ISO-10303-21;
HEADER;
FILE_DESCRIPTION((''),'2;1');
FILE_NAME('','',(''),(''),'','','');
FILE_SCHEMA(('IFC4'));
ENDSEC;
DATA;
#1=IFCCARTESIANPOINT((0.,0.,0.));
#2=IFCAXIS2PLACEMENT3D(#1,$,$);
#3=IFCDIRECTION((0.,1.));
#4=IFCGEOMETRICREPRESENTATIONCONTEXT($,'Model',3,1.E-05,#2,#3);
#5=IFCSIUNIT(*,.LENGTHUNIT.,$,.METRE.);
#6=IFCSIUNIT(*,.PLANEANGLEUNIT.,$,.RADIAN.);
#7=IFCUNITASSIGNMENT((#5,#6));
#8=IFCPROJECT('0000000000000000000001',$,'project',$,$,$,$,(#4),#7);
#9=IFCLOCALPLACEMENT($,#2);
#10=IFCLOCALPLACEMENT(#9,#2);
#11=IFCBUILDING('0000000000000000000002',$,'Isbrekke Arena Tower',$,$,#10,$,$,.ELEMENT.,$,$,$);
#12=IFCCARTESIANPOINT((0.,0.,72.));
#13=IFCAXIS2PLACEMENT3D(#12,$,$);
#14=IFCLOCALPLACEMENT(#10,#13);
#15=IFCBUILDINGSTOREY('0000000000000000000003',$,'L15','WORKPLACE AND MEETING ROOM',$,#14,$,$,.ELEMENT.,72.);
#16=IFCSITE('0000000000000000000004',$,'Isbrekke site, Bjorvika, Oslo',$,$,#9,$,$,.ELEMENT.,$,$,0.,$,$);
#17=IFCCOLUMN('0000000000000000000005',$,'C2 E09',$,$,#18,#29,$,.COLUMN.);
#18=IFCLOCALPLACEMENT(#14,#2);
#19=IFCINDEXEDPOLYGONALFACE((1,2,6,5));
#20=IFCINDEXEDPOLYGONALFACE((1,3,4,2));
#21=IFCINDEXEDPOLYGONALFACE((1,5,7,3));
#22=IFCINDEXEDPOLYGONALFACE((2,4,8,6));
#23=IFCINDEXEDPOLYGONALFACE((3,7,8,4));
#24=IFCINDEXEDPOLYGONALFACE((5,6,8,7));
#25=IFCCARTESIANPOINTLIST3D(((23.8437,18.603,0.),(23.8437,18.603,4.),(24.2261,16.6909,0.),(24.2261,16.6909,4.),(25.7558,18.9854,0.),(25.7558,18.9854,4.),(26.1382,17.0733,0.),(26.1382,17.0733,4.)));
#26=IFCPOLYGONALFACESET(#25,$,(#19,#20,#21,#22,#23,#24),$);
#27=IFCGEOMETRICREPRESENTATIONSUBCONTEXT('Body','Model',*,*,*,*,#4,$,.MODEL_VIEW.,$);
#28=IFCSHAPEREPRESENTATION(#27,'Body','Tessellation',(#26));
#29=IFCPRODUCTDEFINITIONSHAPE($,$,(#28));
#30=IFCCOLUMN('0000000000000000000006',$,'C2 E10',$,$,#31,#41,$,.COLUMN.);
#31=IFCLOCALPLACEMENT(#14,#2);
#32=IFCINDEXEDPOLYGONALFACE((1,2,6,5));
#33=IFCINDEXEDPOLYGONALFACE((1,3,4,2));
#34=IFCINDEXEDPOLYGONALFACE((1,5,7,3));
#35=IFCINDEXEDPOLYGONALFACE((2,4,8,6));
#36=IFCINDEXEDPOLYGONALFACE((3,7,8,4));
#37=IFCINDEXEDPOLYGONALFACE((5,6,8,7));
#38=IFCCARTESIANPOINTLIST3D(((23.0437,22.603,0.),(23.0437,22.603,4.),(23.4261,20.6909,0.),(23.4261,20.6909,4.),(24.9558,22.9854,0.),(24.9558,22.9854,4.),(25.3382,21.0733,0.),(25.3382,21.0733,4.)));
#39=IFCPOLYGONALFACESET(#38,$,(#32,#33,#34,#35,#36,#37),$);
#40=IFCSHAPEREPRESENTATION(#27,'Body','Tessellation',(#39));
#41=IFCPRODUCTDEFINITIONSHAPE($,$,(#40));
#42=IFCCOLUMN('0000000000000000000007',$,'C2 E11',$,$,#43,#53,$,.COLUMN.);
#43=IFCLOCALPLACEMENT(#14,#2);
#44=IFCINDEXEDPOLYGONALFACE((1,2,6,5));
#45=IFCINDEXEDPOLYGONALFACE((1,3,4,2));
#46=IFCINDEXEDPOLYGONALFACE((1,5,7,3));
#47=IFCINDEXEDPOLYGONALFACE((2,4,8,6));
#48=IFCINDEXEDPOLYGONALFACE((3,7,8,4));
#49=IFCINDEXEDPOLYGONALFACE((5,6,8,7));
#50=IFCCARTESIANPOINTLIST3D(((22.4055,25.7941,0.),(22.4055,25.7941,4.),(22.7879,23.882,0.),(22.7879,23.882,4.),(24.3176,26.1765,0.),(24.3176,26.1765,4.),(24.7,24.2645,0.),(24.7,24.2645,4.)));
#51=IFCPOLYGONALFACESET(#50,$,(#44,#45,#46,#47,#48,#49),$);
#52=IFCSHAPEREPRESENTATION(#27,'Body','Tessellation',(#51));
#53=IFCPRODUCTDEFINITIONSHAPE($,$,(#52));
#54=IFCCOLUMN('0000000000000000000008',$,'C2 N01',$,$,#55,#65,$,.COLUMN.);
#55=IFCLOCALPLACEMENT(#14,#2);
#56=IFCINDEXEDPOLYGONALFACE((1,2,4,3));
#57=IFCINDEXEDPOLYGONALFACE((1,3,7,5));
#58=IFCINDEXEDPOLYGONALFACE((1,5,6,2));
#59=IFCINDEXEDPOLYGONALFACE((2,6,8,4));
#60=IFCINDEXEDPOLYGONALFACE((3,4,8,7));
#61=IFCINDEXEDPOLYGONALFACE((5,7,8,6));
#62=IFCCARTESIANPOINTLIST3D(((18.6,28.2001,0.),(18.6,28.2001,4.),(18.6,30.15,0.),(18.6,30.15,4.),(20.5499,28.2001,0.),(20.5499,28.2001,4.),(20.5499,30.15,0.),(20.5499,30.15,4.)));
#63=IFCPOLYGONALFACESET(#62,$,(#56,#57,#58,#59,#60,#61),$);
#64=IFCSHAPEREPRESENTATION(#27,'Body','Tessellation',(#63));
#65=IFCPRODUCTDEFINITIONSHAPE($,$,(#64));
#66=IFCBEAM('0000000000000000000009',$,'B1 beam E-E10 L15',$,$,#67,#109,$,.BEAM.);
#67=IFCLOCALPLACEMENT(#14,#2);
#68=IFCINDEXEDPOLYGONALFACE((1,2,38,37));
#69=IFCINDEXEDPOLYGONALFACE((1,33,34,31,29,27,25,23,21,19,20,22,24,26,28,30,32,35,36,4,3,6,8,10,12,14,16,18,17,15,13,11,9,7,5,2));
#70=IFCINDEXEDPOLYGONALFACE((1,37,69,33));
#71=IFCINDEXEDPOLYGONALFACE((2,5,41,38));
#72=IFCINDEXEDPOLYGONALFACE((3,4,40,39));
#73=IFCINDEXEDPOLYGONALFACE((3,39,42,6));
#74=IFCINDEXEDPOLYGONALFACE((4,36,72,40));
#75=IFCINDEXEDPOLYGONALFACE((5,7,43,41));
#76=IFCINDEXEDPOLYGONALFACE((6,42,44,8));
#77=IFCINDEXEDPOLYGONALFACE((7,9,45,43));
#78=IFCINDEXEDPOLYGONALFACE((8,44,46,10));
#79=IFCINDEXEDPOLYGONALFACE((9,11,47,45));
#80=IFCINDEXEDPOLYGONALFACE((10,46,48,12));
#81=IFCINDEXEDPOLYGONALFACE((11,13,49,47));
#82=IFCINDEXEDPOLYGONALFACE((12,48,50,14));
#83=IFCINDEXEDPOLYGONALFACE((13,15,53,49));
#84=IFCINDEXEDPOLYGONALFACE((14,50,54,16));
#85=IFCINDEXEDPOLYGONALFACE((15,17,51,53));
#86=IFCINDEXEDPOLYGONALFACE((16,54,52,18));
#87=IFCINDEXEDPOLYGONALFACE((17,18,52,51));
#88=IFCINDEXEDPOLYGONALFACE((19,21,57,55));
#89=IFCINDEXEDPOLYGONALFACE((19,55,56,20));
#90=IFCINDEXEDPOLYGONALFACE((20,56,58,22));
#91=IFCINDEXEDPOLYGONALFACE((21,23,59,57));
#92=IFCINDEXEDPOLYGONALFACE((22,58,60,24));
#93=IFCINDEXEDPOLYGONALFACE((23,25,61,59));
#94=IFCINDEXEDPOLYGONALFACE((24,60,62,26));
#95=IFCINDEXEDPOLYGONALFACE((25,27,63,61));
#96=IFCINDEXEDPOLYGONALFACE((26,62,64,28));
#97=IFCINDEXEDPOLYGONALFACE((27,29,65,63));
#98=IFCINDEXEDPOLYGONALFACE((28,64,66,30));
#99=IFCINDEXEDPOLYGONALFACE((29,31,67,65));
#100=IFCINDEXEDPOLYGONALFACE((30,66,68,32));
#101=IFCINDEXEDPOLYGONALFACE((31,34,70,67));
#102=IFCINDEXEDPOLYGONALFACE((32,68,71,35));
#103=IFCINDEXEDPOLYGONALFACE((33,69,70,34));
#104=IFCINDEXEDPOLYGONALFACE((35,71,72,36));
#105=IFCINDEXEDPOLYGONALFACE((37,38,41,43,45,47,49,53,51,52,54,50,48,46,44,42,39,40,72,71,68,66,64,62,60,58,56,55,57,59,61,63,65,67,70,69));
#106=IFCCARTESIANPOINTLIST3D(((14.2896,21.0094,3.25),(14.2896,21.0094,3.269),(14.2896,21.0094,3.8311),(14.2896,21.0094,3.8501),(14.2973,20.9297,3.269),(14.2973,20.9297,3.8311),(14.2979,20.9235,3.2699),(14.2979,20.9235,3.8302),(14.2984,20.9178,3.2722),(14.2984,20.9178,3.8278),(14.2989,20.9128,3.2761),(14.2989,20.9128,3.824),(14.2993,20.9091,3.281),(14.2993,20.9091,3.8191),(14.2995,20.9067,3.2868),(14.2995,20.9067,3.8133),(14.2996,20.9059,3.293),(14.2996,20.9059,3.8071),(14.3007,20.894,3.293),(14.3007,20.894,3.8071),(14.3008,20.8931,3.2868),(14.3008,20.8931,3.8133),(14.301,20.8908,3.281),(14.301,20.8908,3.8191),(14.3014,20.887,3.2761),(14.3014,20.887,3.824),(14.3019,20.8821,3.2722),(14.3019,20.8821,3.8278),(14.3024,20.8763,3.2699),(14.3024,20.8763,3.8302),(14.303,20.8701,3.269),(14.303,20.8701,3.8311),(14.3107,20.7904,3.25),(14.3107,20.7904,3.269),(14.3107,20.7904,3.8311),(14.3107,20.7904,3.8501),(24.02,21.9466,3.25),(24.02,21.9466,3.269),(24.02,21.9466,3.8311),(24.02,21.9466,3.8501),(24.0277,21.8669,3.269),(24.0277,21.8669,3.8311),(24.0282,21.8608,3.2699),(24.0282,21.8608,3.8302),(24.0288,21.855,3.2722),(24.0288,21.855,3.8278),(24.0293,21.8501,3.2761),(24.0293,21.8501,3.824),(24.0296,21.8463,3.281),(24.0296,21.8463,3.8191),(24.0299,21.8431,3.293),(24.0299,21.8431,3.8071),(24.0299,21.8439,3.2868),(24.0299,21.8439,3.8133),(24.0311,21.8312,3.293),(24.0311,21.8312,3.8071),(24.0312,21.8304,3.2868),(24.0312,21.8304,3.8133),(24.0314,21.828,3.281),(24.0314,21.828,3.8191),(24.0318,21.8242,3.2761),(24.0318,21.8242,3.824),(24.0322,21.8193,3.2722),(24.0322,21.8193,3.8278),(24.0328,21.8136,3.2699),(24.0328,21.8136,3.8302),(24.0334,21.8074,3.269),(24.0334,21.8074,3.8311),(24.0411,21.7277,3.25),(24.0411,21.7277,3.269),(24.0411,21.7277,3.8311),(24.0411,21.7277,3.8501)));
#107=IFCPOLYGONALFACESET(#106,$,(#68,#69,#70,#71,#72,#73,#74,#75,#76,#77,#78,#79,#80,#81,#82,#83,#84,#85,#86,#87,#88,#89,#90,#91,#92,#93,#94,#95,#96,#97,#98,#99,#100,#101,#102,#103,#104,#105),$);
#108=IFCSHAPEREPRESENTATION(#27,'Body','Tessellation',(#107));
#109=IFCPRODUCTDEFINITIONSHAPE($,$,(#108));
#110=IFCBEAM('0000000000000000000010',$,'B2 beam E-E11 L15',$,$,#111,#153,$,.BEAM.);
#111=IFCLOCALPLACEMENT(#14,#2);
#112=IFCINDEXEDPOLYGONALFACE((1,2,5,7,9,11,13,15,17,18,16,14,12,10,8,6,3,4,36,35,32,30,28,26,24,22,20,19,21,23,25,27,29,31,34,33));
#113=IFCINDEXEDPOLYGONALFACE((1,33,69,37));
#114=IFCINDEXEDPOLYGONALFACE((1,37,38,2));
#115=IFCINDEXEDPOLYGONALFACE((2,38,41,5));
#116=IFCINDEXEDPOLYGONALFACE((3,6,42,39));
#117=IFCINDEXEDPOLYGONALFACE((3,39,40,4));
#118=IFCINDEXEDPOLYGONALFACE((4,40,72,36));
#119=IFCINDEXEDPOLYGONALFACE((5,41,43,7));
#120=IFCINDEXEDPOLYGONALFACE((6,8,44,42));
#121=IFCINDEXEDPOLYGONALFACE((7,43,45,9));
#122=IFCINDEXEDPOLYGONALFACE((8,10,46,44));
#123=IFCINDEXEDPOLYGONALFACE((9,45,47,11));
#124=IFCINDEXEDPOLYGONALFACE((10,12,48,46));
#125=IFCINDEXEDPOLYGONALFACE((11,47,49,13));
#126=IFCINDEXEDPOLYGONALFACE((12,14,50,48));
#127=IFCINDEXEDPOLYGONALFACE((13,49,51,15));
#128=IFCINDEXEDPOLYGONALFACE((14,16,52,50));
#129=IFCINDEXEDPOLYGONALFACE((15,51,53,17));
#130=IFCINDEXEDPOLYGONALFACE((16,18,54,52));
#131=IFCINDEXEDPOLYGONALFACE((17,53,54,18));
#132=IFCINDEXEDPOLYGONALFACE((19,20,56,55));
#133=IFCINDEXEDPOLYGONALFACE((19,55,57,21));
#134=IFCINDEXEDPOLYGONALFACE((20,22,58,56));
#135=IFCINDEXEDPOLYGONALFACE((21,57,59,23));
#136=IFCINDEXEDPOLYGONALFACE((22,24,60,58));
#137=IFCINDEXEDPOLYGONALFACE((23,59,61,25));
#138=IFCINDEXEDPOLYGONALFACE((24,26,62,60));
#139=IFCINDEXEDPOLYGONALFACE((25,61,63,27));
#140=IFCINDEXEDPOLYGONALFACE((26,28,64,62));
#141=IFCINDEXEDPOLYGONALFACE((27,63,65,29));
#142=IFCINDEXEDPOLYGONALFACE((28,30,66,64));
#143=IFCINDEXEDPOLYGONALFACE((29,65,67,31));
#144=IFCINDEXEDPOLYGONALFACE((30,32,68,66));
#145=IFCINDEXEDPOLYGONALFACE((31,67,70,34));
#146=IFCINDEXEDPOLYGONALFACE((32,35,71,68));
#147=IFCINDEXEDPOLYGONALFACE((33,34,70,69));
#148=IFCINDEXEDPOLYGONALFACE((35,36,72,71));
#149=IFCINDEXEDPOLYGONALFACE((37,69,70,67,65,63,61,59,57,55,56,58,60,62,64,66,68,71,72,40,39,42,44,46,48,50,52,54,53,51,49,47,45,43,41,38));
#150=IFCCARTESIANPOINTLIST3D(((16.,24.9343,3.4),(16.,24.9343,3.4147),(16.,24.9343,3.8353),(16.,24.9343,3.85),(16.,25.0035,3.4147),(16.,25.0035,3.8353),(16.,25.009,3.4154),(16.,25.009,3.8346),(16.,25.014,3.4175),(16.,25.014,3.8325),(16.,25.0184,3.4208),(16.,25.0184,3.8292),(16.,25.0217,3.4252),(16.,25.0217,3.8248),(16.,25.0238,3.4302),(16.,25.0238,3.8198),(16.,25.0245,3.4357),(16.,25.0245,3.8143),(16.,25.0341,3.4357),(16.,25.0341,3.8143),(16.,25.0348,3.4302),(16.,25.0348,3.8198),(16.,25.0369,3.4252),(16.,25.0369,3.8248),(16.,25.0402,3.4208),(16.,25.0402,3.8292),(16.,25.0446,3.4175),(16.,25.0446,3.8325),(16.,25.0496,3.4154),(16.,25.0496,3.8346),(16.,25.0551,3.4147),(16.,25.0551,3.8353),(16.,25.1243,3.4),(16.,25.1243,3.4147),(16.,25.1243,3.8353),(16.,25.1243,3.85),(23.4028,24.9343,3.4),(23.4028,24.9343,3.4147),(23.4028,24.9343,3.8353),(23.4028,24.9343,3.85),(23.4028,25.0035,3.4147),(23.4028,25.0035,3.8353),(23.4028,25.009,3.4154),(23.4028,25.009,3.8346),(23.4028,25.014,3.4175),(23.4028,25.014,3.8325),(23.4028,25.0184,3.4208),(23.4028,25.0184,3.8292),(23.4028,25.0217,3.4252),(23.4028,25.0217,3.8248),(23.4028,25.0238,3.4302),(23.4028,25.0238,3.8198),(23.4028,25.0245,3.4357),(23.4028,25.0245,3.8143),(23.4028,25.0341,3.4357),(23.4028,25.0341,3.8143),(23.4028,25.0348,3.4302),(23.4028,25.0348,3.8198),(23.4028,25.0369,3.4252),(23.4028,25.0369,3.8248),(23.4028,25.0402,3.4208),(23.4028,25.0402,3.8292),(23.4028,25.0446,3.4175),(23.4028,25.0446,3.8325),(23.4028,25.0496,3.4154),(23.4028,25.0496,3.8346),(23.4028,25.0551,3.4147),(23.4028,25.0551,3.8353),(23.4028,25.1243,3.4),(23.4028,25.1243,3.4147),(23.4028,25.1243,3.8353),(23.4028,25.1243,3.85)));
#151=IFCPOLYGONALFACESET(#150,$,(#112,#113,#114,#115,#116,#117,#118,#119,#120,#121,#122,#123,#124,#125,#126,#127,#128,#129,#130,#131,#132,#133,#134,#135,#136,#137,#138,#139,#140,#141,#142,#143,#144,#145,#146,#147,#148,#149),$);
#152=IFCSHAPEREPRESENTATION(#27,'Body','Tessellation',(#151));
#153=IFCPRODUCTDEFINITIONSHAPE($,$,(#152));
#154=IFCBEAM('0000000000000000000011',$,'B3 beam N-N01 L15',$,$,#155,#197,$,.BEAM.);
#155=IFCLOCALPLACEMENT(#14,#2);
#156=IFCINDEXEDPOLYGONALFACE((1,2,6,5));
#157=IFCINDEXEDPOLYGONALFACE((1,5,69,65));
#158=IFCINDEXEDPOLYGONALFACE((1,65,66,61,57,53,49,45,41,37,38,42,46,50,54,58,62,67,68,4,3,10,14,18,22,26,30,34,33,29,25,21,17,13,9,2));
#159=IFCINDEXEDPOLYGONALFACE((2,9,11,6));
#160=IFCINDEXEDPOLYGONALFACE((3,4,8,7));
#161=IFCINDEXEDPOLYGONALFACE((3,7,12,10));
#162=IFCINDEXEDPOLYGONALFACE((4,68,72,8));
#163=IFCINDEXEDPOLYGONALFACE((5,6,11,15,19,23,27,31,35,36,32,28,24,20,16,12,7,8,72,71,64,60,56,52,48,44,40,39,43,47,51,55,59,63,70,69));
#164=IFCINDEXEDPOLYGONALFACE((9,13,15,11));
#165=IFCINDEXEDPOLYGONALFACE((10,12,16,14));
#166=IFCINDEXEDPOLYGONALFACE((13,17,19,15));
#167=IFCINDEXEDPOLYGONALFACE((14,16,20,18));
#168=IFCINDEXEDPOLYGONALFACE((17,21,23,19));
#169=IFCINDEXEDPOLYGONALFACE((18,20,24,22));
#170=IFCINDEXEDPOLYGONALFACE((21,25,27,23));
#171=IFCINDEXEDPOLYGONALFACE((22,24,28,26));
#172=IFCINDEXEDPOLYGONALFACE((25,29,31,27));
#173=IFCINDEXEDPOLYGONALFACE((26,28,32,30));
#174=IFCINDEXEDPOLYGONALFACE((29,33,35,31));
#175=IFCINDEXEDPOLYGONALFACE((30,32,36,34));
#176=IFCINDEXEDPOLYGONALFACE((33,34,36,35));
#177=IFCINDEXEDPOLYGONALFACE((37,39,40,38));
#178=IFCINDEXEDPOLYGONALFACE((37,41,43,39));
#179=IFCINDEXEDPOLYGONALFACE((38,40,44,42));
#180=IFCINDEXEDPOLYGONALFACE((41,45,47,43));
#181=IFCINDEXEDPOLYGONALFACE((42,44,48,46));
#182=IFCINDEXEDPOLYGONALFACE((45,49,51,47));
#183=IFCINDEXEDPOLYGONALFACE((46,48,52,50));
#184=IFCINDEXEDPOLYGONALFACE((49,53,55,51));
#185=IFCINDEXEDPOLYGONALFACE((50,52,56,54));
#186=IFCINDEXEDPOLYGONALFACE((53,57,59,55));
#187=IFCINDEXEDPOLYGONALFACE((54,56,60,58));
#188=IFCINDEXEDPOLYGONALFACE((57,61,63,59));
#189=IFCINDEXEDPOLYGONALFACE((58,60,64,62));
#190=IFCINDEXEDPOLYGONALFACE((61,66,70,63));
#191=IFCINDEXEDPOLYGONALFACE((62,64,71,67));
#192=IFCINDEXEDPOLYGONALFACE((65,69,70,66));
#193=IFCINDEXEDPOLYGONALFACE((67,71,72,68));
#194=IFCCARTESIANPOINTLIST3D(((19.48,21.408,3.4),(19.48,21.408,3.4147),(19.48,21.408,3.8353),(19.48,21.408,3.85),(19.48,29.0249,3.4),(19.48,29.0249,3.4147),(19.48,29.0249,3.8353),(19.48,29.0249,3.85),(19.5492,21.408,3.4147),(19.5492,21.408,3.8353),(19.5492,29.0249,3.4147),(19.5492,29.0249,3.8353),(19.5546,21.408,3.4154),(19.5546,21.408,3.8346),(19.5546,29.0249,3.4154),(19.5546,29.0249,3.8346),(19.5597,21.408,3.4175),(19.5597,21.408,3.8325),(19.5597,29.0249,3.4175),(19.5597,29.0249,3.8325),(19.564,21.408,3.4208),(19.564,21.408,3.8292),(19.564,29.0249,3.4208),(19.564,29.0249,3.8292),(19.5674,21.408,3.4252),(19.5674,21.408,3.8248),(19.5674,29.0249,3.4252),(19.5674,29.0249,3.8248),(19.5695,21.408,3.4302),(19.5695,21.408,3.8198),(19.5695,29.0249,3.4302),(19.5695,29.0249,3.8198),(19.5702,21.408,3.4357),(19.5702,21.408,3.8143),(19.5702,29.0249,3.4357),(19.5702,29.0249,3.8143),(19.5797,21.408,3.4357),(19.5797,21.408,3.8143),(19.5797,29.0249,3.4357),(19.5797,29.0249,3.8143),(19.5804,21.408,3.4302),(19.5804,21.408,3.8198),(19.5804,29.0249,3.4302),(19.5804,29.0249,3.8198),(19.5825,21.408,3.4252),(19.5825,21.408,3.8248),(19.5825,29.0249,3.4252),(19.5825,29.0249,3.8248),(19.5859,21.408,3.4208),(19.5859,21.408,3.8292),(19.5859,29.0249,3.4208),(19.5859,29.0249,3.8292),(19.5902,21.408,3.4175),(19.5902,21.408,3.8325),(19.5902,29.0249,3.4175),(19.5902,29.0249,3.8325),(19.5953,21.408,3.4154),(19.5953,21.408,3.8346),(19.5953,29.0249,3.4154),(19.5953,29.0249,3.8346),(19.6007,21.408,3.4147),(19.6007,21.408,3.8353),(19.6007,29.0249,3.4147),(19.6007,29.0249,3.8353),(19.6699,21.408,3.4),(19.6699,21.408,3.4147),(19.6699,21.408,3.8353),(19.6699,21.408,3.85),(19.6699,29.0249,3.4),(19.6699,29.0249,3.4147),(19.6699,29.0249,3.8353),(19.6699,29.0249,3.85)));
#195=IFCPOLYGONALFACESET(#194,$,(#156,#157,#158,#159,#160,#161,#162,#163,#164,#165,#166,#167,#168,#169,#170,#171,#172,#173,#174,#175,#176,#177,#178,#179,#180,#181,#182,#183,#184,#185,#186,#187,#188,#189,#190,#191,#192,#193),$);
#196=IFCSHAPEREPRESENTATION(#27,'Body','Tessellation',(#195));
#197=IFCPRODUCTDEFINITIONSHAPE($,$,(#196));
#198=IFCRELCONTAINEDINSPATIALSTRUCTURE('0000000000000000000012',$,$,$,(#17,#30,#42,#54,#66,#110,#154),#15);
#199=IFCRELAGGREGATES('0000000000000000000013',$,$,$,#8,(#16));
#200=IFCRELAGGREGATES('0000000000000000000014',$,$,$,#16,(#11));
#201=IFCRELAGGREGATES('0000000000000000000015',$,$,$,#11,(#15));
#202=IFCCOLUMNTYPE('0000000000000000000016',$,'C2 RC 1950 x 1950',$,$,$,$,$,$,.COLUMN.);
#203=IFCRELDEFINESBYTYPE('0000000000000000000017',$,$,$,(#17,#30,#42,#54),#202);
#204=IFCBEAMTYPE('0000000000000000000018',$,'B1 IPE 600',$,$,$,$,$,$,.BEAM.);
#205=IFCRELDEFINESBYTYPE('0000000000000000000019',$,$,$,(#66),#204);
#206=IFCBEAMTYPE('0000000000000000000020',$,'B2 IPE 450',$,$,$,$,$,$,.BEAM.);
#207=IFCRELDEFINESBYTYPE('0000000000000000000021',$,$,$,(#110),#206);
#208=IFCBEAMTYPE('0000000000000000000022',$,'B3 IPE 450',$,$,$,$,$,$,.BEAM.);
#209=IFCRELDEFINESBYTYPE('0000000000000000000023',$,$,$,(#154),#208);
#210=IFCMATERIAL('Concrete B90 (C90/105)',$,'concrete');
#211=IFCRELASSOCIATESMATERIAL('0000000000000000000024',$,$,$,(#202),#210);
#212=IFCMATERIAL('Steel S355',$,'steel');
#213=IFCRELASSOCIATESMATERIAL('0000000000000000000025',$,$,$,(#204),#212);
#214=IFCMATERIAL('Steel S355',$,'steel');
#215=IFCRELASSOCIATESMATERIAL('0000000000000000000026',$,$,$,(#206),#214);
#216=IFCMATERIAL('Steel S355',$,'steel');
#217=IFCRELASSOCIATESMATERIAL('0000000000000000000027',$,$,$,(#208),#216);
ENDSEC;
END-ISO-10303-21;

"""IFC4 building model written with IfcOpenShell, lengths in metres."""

from ifc_helpers import new_model, si_unit, direction, frame, origin, origin_2d, place, context, subcontext, project, spatial, rectangle, i_section, extrude, material, material_profile, profile_set, type_object, element, save


model = new_model("IFC4")

# Units and contexts
model_context = context("Model", 3, precision=1e-05, world=origin(), true_north=direction((0.0, 1.0)))
body_context = subcontext(model_context, "Body", "Model", "MODEL_VIEW")
ifc_project = project(units=[si_unit("LENGTHUNIT", "METRE"), si_unit("PLANEANGLEUNIT", "RADIAN")], contexts=[model_context])

# Site, building, storey
site_placement = place(None, origin())
site = spatial("IfcSite", under=ifc_project, at=site_placement, Name="Isbrekke site, Bjorvika, Oslo", CompositionType="ELEMENT", RefElevation=0.0)
building_placement = place(site_placement, origin())
building = spatial("IfcBuilding", under=site, at=building_placement, Name="Isbrekke Arena Tower", CompositionType="ELEMENT")
storey_placement = place(building_placement, frame((0.0, 0.0, 72.0)))
storey = spatial("IfcBuildingStorey", under=building, at=storey_placement, Name="L15", Description="WORKPLACE AND MEETING ROOM", CompositionType="ELEMENT", Elevation=72.0)

# Columns
ifc_material_1 = material(Name="Concrete B90 (C90/105)", Category="concrete")
ifc_material_profile_1 = material_profile(ifc_material_1, rectangle(XDim=1.95, YDim=1.95, at=origin_2d()), Name="RC 1950x1950")
ifc_profile_set_1 = profile_set([ifc_material_profile_1], Name="Concrete B90 (C90/105)")
column_type = type_object("IfcColumnType", Name="C2 RC 1950 x 1950", PredefinedType="COLUMN", material=ifc_profile_set_1)
for number, where, z_axis, x_axis, name in (
    (1, (24.991, 17.8381, 0.0), (0.0, 0.0, 1.0), (-0.196116, 0.980581, 0.0), "C2 E09"),
    (2, (24.1909, 21.8381, 0.0), (0.0, 0.0, 1.0), (-0.196116, 0.980581, 0.0), "C2 E10"),
    (3, (23.5527, 25.0293, 0.0), (0.0, 0.0, 1.0), (-0.196116, 0.980581, 0.0), "C2 E11"),
    (4, (19.575, 29.175, 0.0), (0.0, 0.0, 1.0), (-1.0, 0.0, 0.0), "C2 N01"),
):
    element("IfcColumn", number, at=place(storey_placement, frame(where, z_axis=z_axis, x_axis=x_axis)), inside=storey, type_object=column_type, Name=name, PredefinedType="COLUMN", context=body_context, shape_type="SweptSolid", body=[
        extrude(rectangle(XDim=1.95, YDim=1.95, at=origin_2d()), origin(), (0.0, 0.0, 1.0), 4.0),
    ])

# Beams
ifc_material_2 = material(Name="Steel S355", Category="steel")
ifc_material_profile_2 = material_profile(ifc_material_2, i_section(OverallWidth=0.22, OverallDepth=0.6001, WebThickness=0.012, FlangeThickness=0.019, FilletRadius=0.0239, at=origin_2d()), Name="IPE 600")
ifc_profile_set_2 = profile_set([ifc_material_profile_2], Name="Steel S355")
beam_type_1 = type_object("IfcBeamType", Name="B1 IPE 600", PredefinedType="BEAM", material=ifc_profile_set_2)
beam_1_placement = place(storey_placement, frame((24.0305, 21.8372, 3.55), z_axis=(-0.995393, -0.095878, 0.0), x_axis=(0.095878, -0.995393, 0.0)))
element("IfcBeam", 5, at=beam_1_placement, inside=storey, type_object=beam_type_1, Name="B1 beam E-E10 L15", PredefinedType="BEAM", context=body_context, shape_type="SweptSolid", body=[
    extrude(i_section(OverallWidth=0.22, OverallDepth=0.6001, WebThickness=0.012, FlangeThickness=0.019, FilletRadius=0.0239, at=origin_2d()), origin(), (0.0, 0.0, 1.0), 9.7754),
])
ifc_material_3 = material(Name="Steel S355", Category="steel")
ifc_material_profile_3 = material_profile(ifc_material_3, i_section(OverallWidth=0.1899, OverallDepth=0.45, WebThickness=0.0095, FlangeThickness=0.0146, FilletRadius=0.021, at=origin_2d()), Name="IPE 450")
ifc_profile_set_3 = profile_set([ifc_material_profile_3], Name="Steel S355")
beam_type_2 = type_object("IfcBeamType", Name="B2 IPE 450", PredefinedType="BEAM", material=ifc_profile_set_3)
beam_2_placement = place(storey_placement, frame((23.4028, 25.0293, 3.625), z_axis=(-1.0, 0.0, 0.0), x_axis=(0.0, -1.0, 0.0)))
element("IfcBeam", 6, at=beam_2_placement, inside=storey, type_object=beam_type_2, Name="B2 beam E-E11 L15", PredefinedType="BEAM", context=body_context, shape_type="SweptSolid", body=[
    extrude(i_section(OverallWidth=0.1899, OverallDepth=0.45, WebThickness=0.0095, FlangeThickness=0.0146, FilletRadius=0.021, at=origin_2d()), origin(), (0.0, 0.0, 1.0), 7.4028),
])
ifc_material_4 = material(Name="Steel S355", Category="steel")
ifc_material_profile_4 = material_profile(ifc_material_4, i_section(OverallWidth=0.1899, OverallDepth=0.45, WebThickness=0.0095, FlangeThickness=0.0146, FilletRadius=0.021, at=origin_2d()), Name="IPE 450")
ifc_profile_set_4 = profile_set([ifc_material_profile_4], Name="Steel S355")
beam_type_3 = type_object("IfcBeamType", Name="B3 IPE 450", PredefinedType="BEAM", material=ifc_profile_set_4)
beam_3_placement = place(storey_placement, frame((19.575, 29.0249, 3.625), z_axis=(0.0, -1.0, 0.0), x_axis=(1.0, 0.0, 0.0)))
element("IfcBeam", 7, at=beam_3_placement, inside=storey, type_object=beam_type_3, Name="B3 beam N-N01 L15", PredefinedType="BEAM", context=body_context, shape_type="SweptSolid", body=[
    extrude(i_section(OverallWidth=0.1899, OverallDepth=0.45, WebThickness=0.0095, FlangeThickness=0.0146, FilletRadius=0.021, at=origin_2d()), origin(), (0.0, 0.0, 1.0), 7.6169),
])

save(model, "model.ifc")
